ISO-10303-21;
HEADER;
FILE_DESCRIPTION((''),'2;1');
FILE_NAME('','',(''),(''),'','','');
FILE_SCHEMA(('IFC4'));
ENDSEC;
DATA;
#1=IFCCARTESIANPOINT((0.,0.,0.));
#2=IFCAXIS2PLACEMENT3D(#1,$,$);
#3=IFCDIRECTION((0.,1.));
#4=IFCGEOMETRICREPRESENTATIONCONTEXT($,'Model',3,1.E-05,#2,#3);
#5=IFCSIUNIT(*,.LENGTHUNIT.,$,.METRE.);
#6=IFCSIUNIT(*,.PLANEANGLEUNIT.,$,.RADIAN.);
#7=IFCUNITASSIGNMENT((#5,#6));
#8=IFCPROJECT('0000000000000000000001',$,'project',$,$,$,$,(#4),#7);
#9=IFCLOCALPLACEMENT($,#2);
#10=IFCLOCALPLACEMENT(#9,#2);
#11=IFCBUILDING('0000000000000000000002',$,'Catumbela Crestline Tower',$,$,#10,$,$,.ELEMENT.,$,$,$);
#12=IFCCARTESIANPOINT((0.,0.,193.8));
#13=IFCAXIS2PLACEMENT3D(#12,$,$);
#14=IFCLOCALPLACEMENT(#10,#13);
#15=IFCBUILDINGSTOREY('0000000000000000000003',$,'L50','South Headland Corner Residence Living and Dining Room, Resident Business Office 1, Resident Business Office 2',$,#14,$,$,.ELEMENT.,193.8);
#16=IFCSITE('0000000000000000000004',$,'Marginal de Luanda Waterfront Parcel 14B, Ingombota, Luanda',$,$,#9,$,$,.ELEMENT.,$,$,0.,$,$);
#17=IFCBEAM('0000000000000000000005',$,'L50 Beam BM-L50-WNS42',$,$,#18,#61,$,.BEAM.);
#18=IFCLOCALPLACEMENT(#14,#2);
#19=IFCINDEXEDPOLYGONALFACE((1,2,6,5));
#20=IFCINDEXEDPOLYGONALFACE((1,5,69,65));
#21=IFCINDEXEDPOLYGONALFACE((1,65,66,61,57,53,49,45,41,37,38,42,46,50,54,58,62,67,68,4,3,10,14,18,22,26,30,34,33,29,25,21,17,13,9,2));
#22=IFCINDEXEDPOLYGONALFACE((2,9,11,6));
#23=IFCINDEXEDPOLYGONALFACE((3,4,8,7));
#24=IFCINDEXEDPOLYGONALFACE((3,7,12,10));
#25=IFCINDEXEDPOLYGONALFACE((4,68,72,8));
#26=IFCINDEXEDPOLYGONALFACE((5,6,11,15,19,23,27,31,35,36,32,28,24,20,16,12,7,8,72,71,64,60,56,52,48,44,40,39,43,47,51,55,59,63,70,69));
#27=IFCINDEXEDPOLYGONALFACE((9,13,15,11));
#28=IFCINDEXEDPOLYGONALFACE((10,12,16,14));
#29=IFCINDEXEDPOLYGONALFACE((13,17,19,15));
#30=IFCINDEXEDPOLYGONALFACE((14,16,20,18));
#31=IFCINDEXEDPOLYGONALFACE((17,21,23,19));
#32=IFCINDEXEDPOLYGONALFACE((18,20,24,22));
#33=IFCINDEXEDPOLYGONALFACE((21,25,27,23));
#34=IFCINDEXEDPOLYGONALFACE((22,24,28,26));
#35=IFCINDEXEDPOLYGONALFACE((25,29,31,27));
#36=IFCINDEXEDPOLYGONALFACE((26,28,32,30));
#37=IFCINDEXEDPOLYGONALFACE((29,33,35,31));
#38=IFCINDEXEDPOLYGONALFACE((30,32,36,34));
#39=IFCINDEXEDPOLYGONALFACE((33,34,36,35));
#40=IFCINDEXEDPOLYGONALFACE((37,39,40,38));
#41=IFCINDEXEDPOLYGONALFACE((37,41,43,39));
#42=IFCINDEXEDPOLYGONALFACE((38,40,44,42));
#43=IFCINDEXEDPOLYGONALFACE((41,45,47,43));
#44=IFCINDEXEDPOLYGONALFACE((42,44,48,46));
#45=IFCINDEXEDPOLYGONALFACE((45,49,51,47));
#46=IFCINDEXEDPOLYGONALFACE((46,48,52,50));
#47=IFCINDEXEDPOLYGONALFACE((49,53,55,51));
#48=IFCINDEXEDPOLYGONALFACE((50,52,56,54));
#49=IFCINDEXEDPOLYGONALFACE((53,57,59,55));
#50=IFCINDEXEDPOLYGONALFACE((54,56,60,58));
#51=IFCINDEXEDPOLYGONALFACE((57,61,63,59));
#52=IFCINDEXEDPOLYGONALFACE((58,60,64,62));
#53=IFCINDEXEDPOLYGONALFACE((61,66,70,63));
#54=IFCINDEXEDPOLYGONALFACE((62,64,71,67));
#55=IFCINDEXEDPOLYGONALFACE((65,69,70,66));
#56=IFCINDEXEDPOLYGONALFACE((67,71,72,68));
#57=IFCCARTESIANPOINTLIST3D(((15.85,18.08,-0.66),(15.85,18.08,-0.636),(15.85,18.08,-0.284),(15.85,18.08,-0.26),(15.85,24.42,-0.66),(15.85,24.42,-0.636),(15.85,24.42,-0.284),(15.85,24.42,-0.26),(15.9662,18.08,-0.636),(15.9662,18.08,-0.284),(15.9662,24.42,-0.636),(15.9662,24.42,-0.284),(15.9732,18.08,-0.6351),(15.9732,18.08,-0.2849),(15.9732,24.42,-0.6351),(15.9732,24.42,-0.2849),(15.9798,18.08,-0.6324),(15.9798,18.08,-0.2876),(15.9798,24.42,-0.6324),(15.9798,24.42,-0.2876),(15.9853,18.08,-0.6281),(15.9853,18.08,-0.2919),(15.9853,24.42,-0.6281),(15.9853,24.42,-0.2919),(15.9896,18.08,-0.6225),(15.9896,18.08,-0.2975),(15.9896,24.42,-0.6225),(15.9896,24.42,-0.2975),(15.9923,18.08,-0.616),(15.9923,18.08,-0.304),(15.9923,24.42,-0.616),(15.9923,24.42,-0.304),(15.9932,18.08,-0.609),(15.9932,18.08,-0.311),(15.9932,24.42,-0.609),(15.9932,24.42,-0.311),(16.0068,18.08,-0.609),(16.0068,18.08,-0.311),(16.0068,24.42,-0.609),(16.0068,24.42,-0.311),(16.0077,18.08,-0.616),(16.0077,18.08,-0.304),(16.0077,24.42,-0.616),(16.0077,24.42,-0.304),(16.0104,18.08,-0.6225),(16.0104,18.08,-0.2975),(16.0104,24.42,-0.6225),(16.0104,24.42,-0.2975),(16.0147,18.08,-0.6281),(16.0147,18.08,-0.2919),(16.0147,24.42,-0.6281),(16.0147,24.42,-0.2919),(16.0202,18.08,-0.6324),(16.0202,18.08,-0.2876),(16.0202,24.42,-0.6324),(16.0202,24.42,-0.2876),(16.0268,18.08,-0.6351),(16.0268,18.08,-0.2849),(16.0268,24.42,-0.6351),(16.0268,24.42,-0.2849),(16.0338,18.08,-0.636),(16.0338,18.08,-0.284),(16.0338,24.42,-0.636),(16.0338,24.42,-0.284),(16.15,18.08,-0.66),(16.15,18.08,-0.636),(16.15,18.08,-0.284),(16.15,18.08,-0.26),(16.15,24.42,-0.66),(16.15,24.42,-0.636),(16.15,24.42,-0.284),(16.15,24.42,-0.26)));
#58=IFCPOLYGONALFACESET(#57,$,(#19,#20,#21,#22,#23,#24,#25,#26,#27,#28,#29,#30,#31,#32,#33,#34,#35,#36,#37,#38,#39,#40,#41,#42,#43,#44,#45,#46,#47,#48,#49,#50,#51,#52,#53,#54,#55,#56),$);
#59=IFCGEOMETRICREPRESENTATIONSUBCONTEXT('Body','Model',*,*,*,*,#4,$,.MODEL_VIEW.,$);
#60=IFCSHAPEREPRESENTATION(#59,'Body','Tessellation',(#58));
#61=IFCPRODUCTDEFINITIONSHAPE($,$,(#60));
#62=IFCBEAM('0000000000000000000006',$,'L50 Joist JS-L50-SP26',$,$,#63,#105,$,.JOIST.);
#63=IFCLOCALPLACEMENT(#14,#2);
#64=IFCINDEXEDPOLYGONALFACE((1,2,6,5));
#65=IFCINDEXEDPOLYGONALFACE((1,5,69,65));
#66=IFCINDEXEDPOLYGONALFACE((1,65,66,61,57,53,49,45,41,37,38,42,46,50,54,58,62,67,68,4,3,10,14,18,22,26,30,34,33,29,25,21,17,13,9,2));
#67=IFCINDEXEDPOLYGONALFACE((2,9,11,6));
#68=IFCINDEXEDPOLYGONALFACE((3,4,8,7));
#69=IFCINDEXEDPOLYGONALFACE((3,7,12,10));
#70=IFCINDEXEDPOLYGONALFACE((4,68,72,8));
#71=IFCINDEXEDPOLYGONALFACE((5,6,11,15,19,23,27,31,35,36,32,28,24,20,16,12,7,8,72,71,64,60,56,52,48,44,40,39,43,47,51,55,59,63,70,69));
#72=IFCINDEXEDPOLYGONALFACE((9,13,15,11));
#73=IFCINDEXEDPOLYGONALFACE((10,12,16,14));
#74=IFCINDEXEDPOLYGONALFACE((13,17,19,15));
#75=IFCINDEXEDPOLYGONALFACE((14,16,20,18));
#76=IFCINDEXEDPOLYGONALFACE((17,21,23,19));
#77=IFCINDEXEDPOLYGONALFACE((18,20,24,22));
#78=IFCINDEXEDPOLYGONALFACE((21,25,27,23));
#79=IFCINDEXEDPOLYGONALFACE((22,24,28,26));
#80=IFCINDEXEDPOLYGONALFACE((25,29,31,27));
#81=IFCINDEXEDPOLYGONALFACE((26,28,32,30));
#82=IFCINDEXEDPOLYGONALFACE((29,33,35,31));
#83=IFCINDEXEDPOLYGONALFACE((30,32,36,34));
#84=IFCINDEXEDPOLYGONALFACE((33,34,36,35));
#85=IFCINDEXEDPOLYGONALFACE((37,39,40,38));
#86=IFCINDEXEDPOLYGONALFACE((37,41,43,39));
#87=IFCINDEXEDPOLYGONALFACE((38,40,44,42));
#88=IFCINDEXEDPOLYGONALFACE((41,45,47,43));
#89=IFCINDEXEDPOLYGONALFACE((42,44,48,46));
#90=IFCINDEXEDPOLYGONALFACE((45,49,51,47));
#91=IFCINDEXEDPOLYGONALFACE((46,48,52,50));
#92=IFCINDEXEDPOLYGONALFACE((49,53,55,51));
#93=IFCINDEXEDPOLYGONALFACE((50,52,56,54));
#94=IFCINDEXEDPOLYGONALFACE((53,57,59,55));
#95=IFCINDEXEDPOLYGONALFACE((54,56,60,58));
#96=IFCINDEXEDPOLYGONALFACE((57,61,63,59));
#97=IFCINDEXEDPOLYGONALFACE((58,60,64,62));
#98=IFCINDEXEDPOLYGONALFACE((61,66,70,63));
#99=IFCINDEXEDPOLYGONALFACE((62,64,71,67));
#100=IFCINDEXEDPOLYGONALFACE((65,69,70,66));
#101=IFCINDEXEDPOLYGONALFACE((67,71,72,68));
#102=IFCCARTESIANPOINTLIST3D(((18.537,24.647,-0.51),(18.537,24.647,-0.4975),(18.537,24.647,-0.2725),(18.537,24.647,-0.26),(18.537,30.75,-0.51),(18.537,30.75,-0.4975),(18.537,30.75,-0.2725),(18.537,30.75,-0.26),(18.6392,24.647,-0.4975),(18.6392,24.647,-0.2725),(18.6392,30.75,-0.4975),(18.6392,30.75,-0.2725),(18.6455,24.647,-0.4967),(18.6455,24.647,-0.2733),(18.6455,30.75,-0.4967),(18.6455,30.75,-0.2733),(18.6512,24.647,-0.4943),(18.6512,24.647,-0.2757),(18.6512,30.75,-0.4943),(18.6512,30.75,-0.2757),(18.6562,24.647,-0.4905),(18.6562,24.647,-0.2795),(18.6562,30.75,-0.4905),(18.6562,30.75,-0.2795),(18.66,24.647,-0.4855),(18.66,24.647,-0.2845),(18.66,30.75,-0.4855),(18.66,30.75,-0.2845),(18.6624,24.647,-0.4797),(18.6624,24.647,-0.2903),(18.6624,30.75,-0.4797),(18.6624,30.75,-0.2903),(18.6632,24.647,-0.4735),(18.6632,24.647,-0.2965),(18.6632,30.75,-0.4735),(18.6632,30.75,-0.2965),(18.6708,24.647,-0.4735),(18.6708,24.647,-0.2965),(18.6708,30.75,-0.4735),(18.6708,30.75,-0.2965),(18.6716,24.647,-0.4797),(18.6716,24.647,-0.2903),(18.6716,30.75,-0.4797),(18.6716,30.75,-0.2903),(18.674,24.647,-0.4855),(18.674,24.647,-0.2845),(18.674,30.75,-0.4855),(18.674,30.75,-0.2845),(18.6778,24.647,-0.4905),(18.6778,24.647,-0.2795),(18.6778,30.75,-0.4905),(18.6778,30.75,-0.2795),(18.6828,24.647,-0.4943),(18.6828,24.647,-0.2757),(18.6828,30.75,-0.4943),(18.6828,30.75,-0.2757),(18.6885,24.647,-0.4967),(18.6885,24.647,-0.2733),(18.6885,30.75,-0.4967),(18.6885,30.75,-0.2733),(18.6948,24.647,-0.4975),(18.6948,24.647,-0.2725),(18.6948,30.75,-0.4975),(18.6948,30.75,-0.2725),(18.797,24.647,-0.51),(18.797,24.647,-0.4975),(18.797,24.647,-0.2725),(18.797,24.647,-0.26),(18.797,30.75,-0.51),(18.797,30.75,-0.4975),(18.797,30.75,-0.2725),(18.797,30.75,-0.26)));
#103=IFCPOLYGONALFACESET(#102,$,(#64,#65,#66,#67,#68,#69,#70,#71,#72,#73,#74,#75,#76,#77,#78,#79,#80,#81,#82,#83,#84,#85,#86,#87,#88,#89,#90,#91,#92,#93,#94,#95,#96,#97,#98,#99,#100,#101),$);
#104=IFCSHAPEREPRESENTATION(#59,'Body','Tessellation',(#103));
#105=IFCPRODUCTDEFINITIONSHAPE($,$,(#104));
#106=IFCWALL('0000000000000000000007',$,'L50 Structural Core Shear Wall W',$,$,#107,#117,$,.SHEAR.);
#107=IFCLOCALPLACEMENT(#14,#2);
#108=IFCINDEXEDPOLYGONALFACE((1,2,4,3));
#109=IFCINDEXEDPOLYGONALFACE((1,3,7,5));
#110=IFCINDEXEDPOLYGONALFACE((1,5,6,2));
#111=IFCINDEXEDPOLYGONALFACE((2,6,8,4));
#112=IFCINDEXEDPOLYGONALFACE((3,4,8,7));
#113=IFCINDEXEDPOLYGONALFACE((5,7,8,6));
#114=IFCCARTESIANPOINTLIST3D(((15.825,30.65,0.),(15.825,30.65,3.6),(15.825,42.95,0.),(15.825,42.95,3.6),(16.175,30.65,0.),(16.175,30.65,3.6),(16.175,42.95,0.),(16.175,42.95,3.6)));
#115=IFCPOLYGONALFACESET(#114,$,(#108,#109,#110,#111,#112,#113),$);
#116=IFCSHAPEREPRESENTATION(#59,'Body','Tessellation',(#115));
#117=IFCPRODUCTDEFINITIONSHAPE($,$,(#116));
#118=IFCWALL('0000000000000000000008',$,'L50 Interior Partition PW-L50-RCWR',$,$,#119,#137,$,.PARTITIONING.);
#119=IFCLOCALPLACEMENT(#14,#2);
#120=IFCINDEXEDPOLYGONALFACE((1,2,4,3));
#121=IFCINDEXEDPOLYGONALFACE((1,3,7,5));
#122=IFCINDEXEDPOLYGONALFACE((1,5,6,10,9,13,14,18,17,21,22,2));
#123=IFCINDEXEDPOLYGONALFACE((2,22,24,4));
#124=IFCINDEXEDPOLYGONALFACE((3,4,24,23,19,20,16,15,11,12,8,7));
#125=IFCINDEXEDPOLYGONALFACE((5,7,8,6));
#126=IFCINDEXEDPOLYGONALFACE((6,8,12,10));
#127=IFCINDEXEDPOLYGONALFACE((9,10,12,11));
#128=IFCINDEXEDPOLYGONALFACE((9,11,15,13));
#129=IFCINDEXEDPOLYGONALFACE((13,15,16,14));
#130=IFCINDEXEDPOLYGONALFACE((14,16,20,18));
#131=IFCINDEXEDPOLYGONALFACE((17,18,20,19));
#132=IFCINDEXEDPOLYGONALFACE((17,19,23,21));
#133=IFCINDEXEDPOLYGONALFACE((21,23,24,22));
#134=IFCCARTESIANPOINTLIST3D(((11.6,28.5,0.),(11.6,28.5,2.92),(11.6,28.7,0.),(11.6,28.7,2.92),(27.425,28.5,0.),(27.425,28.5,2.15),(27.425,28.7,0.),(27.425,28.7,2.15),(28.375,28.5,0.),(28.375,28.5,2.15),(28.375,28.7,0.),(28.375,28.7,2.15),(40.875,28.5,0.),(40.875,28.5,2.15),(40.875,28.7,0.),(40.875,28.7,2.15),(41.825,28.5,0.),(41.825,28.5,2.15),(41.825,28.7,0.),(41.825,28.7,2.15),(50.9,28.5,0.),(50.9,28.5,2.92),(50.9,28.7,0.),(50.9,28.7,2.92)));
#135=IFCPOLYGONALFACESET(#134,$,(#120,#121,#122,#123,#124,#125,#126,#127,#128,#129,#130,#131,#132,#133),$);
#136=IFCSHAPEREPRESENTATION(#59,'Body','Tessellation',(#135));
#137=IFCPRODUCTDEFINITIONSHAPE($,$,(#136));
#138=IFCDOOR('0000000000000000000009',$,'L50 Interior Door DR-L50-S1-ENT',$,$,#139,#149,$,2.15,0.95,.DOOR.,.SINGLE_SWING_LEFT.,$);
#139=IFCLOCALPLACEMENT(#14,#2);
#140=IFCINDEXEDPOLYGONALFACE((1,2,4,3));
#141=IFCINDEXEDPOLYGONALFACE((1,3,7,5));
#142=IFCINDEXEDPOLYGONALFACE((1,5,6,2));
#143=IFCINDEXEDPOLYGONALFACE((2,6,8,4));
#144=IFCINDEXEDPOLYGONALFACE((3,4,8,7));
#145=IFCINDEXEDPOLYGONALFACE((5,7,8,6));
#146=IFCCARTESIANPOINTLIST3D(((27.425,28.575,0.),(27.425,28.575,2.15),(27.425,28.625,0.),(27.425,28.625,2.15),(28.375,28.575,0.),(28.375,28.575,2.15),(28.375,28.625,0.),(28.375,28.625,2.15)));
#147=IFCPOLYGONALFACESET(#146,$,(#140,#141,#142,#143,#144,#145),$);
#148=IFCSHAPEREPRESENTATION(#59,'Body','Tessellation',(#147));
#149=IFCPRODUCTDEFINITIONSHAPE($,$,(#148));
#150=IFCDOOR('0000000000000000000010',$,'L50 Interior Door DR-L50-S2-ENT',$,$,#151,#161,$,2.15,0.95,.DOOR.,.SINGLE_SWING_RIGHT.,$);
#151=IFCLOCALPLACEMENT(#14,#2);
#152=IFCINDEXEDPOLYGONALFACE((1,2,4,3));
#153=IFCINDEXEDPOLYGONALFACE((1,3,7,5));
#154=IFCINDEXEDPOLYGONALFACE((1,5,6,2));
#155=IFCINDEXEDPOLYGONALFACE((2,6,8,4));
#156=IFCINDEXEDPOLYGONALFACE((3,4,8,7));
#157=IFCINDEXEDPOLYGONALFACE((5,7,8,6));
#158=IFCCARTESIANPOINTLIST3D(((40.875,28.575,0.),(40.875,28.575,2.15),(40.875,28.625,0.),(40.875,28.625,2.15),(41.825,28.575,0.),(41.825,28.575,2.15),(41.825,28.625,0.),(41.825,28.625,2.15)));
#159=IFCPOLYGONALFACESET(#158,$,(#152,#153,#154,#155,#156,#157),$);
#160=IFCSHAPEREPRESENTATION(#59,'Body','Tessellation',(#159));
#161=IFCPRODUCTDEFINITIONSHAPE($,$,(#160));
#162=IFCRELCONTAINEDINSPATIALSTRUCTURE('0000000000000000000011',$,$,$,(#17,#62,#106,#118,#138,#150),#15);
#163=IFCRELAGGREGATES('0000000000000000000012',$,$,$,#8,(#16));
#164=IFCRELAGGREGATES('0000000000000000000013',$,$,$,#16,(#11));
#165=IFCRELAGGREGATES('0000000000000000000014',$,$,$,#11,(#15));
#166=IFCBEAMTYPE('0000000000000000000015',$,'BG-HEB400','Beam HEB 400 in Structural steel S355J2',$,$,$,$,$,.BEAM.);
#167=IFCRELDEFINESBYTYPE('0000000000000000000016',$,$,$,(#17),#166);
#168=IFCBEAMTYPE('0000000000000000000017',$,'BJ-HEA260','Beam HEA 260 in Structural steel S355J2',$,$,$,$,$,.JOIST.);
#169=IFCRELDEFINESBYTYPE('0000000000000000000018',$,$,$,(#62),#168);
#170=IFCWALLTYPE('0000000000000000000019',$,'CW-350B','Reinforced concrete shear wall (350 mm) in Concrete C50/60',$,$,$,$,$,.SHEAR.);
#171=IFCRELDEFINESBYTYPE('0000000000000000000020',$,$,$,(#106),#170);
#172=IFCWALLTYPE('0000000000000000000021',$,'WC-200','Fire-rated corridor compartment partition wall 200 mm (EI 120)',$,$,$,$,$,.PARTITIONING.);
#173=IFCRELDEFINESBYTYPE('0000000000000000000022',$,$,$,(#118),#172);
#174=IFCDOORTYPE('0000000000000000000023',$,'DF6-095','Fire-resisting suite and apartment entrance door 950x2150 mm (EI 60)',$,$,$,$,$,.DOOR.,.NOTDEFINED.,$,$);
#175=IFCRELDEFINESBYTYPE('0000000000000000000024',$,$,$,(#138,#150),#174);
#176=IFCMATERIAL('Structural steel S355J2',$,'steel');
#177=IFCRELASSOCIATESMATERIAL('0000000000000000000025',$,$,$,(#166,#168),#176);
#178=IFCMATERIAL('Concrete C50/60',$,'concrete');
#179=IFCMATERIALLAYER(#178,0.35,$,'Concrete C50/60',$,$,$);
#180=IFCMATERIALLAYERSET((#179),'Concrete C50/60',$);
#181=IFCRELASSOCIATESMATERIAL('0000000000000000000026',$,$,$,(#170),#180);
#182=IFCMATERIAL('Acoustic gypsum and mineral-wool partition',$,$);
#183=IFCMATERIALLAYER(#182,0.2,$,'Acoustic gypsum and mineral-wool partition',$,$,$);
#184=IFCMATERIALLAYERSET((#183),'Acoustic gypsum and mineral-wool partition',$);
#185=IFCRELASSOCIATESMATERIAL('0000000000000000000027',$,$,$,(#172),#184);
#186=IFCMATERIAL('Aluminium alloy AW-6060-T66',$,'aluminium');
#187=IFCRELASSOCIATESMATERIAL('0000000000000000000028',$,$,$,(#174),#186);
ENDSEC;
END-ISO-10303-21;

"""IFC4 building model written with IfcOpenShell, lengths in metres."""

from ifc_helpers import new_model, si_unit, direction, frame, frame_2d, origin, origin_2d, place, context, subcontext, project, spatial, rectangle, i_section, extrude, material, layer, layer_set, material_profile, profile_set, type_object, element, fill, save


model = new_model("IFC4")

# Units and contexts
model_context = context("Model", 3, precision=1e-05, world=origin(), true_north=direction((0.0, 1.0)))
body_context = subcontext(model_context, "Body", "Model", "MODEL_VIEW")
ifc_project = project(units=[si_unit("LENGTHUNIT", "METRE"), si_unit("PLANEANGLEUNIT", "RADIAN")], contexts=[model_context])

# Site, building, storey
site_placement = place(None, origin())
site = spatial("IfcSite", under=ifc_project, at=site_placement, Name="Marginal de Luanda Waterfront Parcel 14B, Ingombota, Luanda", CompositionType="ELEMENT", RefElevation=0.0)
building_placement = place(site_placement, origin())
building = spatial("IfcBuilding", under=site, at=building_placement, Name="Catumbela Crestline Tower", CompositionType="ELEMENT")
storey_placement = place(building_placement, frame((0.0, 0.0, 193.8)))
storey = spatial("IfcBuildingStorey", under=building, at=storey_placement, Name="L50", Description="South Headland Corner Residence Living and Dining Room, Resident Business Office 1, Resident Business Office 2", CompositionType="ELEMENT", Elevation=193.8)

# Shared definitions
ifc_material_1 = material(Name="Concrete C50/60", Category="concrete")
ifc_material_2 = material(Name="Structural steel S355J2", Category="steel")

# Beams
ifc_material_profile_1 = material_profile(ifc_material_2, i_section(OverallWidth=0.3, OverallDepth=0.4, WebThickness=0.0135, FlangeThickness=0.024, FilletRadius=0.027, at=origin_2d()), Name="HEB 400")
ifc_profile_set_1 = profile_set([ifc_material_profile_1], Name="Structural steel S355J2")
beam_type_1 = type_object("IfcBeamType", Name="BG-HEB400", Description="Beam HEB 400 in Structural steel S355J2", PredefinedType="BEAM", material=ifc_profile_set_1)
beam_1_placement = place(storey_placement, frame((16.0, 18.08, -0.46), z_axis=(0.0, 1.0, 0.0), x_axis=(-1.0, 0.0, 0.0)))
element("IfcBeam", 1, at=beam_1_placement, inside=storey, type_object=beam_type_1, Name="L50 Beam BM-L50-WNS42", PredefinedType="BEAM", context=body_context, shape_type="SweptSolid", body=[
    extrude(i_section(OverallWidth=0.3, OverallDepth=0.4, WebThickness=0.0135, FlangeThickness=0.024, FilletRadius=0.027, at=origin_2d()), origin(), (0.0, 0.0, 1.0), 6.34),
])
ifc_material_profile_2 = material_profile(ifc_material_2, i_section(OverallWidth=0.26, OverallDepth=0.25, WebThickness=0.0075, FlangeThickness=0.0125, FilletRadius=0.024, at=origin_2d()), Name="HEA 260")
ifc_profile_set_2 = profile_set([ifc_material_profile_2], Name="Structural steel S355J2")
beam_type_2 = type_object("IfcBeamType", Name="BJ-HEA260", Description="Beam HEA 260 in Structural steel S355J2", PredefinedType="JOIST", material=ifc_profile_set_2)
beam_2_placement = place(storey_placement, frame((18.667, 24.647, -0.385), z_axis=(0.0, 1.0, 0.0), x_axis=(-1.0, 0.0, 0.0)))
element("IfcBeam", 2, at=beam_2_placement, inside=storey, type_object=beam_type_2, Name="L50 Joist JS-L50-SP26", PredefinedType="JOIST", context=body_context, shape_type="SweptSolid", body=[
    extrude(i_section(OverallWidth=0.26, OverallDepth=0.25, WebThickness=0.0075, FlangeThickness=0.0125, FilletRadius=0.024, at=origin_2d()), origin(), (0.0, 0.0, 1.0), 6.103),
])

# Wall
ifc_layer_1 = layer(ifc_material_1, 0.35, Name="Concrete C50/60")
ifc_layer_set_1 = layer_set([ifc_layer_1], Name="Concrete C50/60")
wall_type_1 = type_object("IfcWallType", Name="CW-350B", Description="Reinforced concrete shear wall (350 mm) in Concrete C50/60", PredefinedType="SHEAR", material=ifc_layer_set_1)
wall_1_placement = place(storey_placement, frame((16.0, 30.65, 0.0), z_axis=(0.0, 0.0, 1.0), x_axis=(0.0, 1.0, 0.0)))
element("IfcWall", 3, at=wall_1_placement, inside=storey, type_object=wall_type_1, Name="L50 Structural Core Shear Wall W", PredefinedType="SHEAR", context=body_context, shape_type="SweptSolid", body=[
    extrude(rectangle(XDim=12.3, YDim=0.35, at=frame_2d((6.15, 0.0))), origin(), (0.0, 0.0, 1.0), 3.6),
])

# Wall, openings, doors
ifc_material_3 = material(Name="Acoustic gypsum and mineral-wool partition")
ifc_layer_2 = layer(ifc_material_3, 0.2, Name="Acoustic gypsum and mineral-wool partition")
ifc_layer_set_2 = layer_set([ifc_layer_2], Name="Acoustic gypsum and mineral-wool partition")
wall_type_2 = type_object("IfcWallType", Name="WC-200", Description="Fire-rated corridor compartment partition wall 200 mm (EI 120)", PredefinedType="PARTITIONING", material=ifc_layer_set_2)
wall_2_placement = place(storey_placement, frame((11.6, 28.6, 0.0), z_axis=(0.0, 0.0, 1.0), x_axis=(1.0, 0.0, 0.0)))
wall_2 = element("IfcWall", 4, at=wall_2_placement, inside=storey, type_object=wall_type_2, Name="L50 Interior Partition PW-L50-RCWR", PredefinedType="PARTITIONING", context=body_context, shape_type="SweptSolid", body=[
    extrude(rectangle(XDim=39.3, YDim=0.2, at=frame_2d((19.65, 0.0))), origin(), (0.0, 0.0, 1.0), 2.92),
])
opening_1_placement = place(wall_2_placement, frame((15.825, 0.0, 0.0)))
opening_1 = element("IfcOpeningElement", 5, at=opening_1_placement, cuts=wall_2, PredefinedType="OPENING", context=body_context, shape_type="SweptSolid", body=[
    extrude(rectangle(XDim=0.95, YDim=2.15, at=frame_2d((0.475, 1.075))), frame((0.0, 0.11, 0.0), z_axis=(0.0, -1.0, 0.0), x_axis=(1.0, 0.0, 0.0)), (0.0, 0.0, 1.0), 0.22),
])
opening_2_placement = place(wall_2_placement, frame((29.275, 0.0, 0.0)))
opening_2 = element("IfcOpeningElement", 6, at=opening_2_placement, cuts=wall_2, PredefinedType="OPENING", context=body_context, shape_type="SweptSolid", body=[
    extrude(rectangle(XDim=0.95, YDim=2.15, at=frame_2d((0.475, 1.075))), frame((0.0, 0.11, 0.0), z_axis=(0.0, -1.0, 0.0), x_axis=(1.0, 0.0, 0.0)), (0.0, 0.0, 1.0), 0.22),
])
ifc_material_4 = material(Name="Aluminium alloy AW-6060-T66", Category="aluminium")
door_type_1 = type_object("IfcDoorType", Name="DF6-095", Description="Fire-resisting suite and apartment entrance door 950x2150 mm (EI 60)", OperationType="NOTDEFINED", PredefinedType="DOOR", material=ifc_material_4)
door_1_placement = place(opening_1_placement, origin())
door_1 = element("IfcDoor", 7, at=door_1_placement, inside=storey, type_object=door_type_1, Name="L50 Interior Door DR-L50-S1-ENT", OperationType="SINGLE_SWING_LEFT", OverallHeight=2.15, OverallWidth=0.95, PredefinedType="DOOR", context=body_context, shape_type="SweptSolid", body=[
    extrude(rectangle(XDim=0.95, YDim=2.15, at=frame_2d((0.475, 1.075))), frame((0.0, 0.025, 0.0), z_axis=(0.0, -1.0, 0.0), x_axis=(1.0, 0.0, 0.0)), (0.0, 0.0, 1.0), 0.05),
])
fill(opening_1, door_1)
door_2_placement = place(opening_2_placement, origin())
door_2 = element("IfcDoor", 8, at=door_2_placement, inside=storey, type_object=door_type_1, Name="L50 Interior Door DR-L50-S2-ENT", OperationType="SINGLE_SWING_RIGHT", OverallHeight=2.15, OverallWidth=0.95, PredefinedType="DOOR", context=body_context, shape_type="SweptSolid", body=[
    extrude(rectangle(XDim=0.95, YDim=2.15, at=frame_2d((0.475, 1.075))), frame((0.0, 0.025, 0.0), z_axis=(0.0, -1.0, 0.0), x_axis=(1.0, 0.0, 0.0)), (0.0, 0.0, 1.0), 0.05),
])
fill(opening_2, door_2)

save(model, "model.ifc")
